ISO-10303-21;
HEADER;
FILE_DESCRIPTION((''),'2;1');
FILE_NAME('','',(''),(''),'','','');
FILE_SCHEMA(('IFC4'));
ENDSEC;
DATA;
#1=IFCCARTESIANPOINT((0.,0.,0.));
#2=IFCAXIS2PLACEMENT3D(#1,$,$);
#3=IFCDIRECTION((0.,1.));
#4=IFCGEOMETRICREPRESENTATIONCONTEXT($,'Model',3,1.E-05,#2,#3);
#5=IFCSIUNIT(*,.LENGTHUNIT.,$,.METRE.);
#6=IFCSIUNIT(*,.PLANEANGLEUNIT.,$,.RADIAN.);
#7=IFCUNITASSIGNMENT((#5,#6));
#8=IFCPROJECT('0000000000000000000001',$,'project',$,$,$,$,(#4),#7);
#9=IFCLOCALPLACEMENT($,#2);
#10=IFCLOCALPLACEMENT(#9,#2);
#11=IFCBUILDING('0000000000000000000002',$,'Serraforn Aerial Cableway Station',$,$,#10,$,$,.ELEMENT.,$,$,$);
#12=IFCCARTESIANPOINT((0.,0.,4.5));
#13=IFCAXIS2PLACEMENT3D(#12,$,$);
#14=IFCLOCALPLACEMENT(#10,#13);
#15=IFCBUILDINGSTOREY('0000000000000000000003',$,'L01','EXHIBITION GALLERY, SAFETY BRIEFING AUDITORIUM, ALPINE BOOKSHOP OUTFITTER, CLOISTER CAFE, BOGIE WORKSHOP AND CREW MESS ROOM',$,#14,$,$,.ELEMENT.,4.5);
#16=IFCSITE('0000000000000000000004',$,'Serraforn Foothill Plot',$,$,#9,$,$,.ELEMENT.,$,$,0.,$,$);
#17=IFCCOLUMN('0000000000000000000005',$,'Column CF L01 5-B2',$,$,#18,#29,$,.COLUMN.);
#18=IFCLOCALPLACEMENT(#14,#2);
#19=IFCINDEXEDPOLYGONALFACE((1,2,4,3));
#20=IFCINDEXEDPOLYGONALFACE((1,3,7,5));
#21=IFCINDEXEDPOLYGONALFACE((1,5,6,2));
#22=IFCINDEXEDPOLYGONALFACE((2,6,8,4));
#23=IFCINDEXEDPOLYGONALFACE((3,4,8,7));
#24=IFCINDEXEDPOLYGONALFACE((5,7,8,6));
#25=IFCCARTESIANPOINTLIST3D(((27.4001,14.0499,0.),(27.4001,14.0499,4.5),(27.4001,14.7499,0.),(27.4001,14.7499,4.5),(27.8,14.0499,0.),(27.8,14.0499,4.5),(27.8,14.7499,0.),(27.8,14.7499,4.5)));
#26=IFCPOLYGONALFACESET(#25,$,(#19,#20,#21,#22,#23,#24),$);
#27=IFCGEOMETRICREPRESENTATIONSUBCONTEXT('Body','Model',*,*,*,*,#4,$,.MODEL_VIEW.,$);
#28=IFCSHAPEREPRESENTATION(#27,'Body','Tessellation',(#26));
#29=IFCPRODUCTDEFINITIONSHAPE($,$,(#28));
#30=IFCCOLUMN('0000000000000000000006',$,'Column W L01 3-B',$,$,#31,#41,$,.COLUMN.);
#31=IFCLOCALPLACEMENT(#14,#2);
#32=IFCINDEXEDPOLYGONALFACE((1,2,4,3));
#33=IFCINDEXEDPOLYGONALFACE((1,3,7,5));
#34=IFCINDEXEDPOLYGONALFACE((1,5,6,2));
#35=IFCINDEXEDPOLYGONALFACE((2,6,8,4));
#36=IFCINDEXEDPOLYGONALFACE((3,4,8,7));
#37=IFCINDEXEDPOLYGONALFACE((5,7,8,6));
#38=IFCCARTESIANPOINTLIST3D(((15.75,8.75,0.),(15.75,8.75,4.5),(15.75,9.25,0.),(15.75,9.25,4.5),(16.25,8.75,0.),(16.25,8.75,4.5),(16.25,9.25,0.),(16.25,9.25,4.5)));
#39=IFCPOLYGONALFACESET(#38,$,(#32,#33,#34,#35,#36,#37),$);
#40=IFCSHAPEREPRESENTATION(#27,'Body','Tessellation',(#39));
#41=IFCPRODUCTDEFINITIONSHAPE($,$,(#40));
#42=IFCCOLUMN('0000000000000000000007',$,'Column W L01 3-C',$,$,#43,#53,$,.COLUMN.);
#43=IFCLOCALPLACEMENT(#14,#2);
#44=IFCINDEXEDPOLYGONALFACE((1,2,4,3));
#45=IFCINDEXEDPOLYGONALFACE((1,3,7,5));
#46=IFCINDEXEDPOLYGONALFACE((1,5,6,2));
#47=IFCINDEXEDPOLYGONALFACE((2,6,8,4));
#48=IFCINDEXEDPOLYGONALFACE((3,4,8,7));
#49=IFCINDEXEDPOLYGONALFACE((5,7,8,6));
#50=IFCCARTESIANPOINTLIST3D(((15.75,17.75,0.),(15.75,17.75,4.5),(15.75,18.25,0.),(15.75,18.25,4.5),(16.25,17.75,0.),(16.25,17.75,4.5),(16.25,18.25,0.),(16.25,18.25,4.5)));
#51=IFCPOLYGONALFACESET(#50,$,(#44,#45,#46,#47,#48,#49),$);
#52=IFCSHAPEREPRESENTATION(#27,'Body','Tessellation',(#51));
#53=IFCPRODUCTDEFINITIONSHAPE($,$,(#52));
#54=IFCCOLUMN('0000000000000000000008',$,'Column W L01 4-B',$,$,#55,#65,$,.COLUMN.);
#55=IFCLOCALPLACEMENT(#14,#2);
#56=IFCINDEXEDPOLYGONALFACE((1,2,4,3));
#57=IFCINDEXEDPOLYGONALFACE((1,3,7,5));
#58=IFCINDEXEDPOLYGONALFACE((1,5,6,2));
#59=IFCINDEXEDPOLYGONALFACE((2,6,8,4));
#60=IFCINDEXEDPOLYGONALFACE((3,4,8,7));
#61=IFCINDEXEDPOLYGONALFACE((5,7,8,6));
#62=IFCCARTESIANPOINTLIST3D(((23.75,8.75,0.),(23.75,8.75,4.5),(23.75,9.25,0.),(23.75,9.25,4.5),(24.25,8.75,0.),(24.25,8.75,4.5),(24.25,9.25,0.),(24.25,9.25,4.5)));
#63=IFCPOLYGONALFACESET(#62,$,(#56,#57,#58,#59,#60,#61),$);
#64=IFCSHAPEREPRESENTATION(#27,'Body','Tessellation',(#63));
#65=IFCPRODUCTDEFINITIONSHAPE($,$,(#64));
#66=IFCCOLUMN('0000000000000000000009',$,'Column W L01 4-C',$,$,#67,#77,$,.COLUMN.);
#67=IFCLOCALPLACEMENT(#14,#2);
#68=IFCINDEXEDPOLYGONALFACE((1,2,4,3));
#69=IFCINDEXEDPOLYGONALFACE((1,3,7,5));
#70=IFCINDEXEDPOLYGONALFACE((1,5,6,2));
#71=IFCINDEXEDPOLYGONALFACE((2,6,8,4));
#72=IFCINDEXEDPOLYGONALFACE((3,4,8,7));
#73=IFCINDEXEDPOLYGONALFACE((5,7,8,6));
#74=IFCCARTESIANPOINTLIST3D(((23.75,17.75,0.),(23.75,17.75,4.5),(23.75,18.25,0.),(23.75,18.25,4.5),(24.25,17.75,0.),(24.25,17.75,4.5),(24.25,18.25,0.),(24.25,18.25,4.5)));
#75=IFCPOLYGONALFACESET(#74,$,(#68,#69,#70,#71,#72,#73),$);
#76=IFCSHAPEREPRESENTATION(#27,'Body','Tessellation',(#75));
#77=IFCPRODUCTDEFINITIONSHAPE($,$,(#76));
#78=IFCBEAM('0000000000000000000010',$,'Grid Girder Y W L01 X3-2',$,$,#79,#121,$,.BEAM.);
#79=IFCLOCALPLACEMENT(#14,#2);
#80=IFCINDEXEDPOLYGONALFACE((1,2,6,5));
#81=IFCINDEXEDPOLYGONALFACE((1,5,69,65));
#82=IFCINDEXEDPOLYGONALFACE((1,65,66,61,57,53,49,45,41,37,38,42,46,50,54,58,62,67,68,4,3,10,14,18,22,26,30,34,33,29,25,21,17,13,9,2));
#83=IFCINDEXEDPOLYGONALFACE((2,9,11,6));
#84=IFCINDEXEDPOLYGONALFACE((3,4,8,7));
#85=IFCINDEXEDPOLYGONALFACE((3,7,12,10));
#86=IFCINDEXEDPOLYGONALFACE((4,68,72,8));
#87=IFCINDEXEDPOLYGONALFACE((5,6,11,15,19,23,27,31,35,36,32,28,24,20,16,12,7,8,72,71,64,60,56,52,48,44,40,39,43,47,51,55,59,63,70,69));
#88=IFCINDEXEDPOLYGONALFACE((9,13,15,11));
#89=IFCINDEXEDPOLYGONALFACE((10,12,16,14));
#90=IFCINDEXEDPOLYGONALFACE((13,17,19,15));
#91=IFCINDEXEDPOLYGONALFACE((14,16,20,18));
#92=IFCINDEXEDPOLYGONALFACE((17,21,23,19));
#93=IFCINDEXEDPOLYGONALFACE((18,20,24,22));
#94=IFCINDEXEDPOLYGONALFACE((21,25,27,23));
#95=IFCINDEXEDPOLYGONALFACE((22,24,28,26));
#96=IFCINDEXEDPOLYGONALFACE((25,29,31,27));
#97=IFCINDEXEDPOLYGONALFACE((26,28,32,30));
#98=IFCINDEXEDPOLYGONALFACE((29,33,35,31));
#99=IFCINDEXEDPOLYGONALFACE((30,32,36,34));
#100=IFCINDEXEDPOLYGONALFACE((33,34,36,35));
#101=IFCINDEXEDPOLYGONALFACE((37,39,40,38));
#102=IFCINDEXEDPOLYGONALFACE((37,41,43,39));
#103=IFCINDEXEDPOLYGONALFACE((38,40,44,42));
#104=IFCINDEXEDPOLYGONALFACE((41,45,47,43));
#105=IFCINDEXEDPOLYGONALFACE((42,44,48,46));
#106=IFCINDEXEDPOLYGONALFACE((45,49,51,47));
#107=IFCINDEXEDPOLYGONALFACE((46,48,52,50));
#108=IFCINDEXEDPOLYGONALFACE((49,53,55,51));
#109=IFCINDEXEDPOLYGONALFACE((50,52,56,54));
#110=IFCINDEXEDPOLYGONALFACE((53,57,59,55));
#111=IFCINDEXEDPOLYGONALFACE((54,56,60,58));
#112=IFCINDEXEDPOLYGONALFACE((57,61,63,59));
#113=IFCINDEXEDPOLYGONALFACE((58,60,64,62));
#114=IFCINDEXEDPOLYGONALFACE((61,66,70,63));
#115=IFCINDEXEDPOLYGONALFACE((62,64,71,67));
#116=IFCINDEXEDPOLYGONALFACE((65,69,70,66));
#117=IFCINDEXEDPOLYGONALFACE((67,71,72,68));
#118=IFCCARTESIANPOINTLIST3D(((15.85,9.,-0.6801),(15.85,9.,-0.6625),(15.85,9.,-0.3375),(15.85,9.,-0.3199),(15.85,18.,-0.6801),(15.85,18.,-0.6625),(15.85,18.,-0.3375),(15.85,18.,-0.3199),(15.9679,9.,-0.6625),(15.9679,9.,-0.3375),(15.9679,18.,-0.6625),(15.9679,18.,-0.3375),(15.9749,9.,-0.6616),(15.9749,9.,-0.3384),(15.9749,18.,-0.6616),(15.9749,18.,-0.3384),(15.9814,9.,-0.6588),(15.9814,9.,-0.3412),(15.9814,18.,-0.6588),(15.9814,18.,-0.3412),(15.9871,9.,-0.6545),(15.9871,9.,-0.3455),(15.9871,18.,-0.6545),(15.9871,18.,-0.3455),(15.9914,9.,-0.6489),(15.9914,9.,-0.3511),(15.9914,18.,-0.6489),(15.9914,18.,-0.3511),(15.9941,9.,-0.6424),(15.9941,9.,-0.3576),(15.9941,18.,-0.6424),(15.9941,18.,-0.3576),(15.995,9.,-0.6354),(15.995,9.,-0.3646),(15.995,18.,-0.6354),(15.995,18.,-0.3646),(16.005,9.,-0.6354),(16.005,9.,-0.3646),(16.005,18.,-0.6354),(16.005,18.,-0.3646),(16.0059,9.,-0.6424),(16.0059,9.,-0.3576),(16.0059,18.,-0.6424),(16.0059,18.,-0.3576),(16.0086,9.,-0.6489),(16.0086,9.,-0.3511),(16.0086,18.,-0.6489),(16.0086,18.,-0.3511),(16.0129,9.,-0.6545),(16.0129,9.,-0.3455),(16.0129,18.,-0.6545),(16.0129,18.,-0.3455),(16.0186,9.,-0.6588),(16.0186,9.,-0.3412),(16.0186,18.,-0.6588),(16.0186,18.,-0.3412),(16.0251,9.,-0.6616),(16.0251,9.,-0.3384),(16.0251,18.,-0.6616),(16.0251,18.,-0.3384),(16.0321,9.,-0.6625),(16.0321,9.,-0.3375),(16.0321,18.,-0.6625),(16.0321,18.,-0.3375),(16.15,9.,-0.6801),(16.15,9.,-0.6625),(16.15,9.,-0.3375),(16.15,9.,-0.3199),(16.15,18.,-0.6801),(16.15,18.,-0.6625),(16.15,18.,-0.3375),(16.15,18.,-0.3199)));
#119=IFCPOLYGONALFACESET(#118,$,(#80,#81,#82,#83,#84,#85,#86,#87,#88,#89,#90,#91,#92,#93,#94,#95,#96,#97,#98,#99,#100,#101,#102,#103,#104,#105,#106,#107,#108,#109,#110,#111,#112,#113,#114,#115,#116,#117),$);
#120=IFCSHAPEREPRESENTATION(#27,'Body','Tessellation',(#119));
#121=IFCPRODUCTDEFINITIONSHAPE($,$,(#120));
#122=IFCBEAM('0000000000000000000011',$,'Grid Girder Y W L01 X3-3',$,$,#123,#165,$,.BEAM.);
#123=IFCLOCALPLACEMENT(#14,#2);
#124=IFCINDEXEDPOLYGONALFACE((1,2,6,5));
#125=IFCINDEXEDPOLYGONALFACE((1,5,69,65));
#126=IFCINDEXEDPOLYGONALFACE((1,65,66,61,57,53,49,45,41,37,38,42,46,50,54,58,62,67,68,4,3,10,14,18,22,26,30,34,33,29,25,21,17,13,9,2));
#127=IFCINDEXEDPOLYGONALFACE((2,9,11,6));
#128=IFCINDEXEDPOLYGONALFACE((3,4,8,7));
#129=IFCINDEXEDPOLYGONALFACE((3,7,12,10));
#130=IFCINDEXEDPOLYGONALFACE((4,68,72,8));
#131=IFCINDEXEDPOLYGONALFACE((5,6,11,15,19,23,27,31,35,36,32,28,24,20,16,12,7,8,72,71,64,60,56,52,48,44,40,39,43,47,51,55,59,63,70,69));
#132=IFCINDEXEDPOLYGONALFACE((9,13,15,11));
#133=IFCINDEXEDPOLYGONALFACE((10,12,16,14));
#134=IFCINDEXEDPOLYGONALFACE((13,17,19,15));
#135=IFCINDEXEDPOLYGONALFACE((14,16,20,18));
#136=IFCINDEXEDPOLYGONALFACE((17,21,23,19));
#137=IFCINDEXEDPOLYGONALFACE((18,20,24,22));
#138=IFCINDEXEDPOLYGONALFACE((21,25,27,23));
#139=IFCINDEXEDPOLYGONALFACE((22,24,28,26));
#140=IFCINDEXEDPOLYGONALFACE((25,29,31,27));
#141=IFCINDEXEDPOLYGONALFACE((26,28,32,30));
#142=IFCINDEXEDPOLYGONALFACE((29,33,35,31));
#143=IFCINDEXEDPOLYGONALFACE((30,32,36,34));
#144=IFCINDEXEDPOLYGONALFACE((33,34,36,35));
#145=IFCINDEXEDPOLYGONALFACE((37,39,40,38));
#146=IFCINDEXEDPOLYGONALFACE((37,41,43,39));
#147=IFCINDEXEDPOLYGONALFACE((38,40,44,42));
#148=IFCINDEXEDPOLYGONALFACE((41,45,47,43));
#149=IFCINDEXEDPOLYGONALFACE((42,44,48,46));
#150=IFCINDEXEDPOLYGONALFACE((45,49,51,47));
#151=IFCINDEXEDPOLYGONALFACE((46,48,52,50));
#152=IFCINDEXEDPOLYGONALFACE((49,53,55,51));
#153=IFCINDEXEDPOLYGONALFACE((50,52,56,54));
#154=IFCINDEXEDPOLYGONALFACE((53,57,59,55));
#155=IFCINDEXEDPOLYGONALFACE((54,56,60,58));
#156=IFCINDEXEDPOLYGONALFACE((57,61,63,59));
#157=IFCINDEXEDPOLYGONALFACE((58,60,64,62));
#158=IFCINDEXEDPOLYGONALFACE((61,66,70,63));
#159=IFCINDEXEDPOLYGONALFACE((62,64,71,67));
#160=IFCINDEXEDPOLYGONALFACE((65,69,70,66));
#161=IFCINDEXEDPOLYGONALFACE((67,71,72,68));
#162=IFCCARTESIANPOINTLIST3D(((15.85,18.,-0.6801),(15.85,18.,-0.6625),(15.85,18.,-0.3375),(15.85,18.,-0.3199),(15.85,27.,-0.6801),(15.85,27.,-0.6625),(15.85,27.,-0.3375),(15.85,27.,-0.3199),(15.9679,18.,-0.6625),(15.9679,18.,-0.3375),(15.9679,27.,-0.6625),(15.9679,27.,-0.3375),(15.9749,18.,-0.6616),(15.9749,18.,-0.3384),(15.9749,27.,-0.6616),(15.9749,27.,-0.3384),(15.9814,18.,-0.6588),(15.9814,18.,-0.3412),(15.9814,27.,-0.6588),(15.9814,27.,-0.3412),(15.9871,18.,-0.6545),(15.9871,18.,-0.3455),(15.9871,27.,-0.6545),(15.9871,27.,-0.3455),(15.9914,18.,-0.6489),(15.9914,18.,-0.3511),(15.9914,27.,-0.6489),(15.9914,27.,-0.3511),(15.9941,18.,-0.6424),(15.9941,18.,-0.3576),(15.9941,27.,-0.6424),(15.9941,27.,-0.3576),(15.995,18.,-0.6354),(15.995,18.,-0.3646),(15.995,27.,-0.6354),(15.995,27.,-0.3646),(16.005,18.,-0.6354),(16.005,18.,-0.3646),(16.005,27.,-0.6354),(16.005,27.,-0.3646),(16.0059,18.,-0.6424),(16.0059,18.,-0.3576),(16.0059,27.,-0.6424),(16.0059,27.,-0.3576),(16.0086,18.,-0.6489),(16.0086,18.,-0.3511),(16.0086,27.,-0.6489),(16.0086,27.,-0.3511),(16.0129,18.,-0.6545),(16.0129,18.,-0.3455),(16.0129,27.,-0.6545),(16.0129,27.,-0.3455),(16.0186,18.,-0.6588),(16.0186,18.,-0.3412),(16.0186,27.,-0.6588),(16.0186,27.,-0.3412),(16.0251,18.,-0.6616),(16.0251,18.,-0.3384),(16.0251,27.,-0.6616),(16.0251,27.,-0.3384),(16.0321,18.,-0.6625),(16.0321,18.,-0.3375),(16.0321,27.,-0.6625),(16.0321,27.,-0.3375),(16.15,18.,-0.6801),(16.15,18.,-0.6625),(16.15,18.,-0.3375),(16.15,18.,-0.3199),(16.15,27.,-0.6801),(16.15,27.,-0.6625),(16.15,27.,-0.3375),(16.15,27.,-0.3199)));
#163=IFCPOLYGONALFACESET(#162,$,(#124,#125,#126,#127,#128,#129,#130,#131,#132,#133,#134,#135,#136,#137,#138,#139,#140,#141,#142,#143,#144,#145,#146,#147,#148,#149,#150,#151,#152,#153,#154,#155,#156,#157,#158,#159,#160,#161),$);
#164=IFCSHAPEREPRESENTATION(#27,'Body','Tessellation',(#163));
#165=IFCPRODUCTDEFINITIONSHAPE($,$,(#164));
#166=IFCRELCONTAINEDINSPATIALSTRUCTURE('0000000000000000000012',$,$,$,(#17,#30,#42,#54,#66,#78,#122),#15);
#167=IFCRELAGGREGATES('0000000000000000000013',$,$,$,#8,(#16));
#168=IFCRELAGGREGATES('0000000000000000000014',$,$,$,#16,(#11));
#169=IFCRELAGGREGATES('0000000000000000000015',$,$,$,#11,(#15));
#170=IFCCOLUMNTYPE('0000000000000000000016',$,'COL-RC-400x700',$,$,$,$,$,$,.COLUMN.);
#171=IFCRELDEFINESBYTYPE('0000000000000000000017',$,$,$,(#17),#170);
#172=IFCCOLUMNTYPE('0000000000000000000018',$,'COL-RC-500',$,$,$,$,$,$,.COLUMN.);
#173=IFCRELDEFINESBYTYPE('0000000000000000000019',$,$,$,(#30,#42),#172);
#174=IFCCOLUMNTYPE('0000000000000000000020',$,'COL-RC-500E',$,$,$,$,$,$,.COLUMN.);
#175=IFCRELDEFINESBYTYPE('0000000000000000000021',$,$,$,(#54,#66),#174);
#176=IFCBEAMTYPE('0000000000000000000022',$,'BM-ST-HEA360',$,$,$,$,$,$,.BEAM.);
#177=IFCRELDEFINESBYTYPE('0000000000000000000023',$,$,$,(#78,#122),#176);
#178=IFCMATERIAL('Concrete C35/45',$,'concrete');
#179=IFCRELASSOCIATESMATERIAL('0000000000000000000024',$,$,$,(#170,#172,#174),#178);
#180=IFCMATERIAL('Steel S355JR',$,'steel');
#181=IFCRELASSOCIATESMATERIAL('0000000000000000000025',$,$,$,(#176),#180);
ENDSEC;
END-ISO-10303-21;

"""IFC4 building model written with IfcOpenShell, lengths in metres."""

from ifc_helpers import new_model, si_unit, direction, frame, origin, origin_2d, place, context, subcontext, project, spatial, rectangle, i_section, extrude, material, material_profile, profile_set, type_object, element, save


model = new_model("IFC4")

# Units and contexts
model_context = context("Model", 3, precision=1e-05, world=origin(), true_north=direction((0.0, 1.0)))
body_context = subcontext(model_context, "Body", "Model", "MODEL_VIEW")
ifc_project = project(units=[si_unit("LENGTHUNIT", "METRE"), si_unit("PLANEANGLEUNIT", "RADIAN")], contexts=[model_context])

# Site, building, storey
site_placement = place(None, origin())
site = spatial("IfcSite", under=ifc_project, at=site_placement, Name="Serraforn Foothill Plot", CompositionType="ELEMENT", RefElevation=0.0)
building_placement = place(site_placement, origin())
building = spatial("IfcBuilding", under=site, at=building_placement, Name="Serraforn Aerial Cableway Station", CompositionType="ELEMENT")
storey_placement = place(building_placement, frame((0.0, 0.0, 4.5)))
storey = spatial("IfcBuildingStorey", under=building, at=storey_placement, Name="L01", Description="EXHIBITION GALLERY, SAFETY BRIEFING AUDITORIUM, ALPINE BOOKSHOP OUTFITTER, CLOISTER CAFE, BOGIE WORKSHOP AND CREW MESS ROOM", CompositionType="ELEMENT", Elevation=4.5)

# Columns
ifc_material_1 = material(Name="Concrete C35/45", Category="concrete")
ifc_material_profile_1 = material_profile(ifc_material_1, rectangle(XDim=0.3999, YDim=0.7, at=origin_2d()), Name="RC 400x700")
ifc_profile_set_1 = profile_set([ifc_material_profile_1], Name="Concrete C35/45")
column_type_1 = type_object("IfcColumnType", Name="COL-RC-400x700", PredefinedType="COLUMN", material=ifc_profile_set_1)
column_placement = place(storey_placement, frame((27.6001, 14.3999, 0.0), z_axis=(0.0, 0.0, 1.0), x_axis=(1.0, 0.0, 0.0)))
element("IfcColumn", 1, at=column_placement, inside=storey, type_object=column_type_1, Name="Column CF L01 5-B2", PredefinedType="COLUMN", context=body_context, shape_type="SweptSolid", body=[
    extrude(rectangle(XDim=0.3999, YDim=0.7, at=origin_2d()), origin(), (0.0, 0.0, 1.0), 4.5),
])
ifc_material_profile_2 = material_profile(ifc_material_1, rectangle(XDim=0.5, YDim=0.5, at=origin_2d()), Name="RC 500x500")
ifc_profile_set_2 = profile_set([ifc_material_profile_2], Name="Concrete C35/45")
column_type_2 = type_object("IfcColumnType", Name="COL-RC-500", PredefinedType="COLUMN", material=ifc_profile_set_2)
for number, where, z_axis, x_axis, name in (
    (2, (16.0, 9.0, 0.0), (0.0, 0.0, 1.0), (1.0, 0.0, 0.0), "Column W L01 3-B"),
    (3, (16.0, 18.0, 0.0), (0.0, 0.0, 1.0), (1.0, 0.0, 0.0), "Column W L01 3-C"),
):
    element("IfcColumn", number, at=place(storey_placement, frame(where, z_axis=z_axis, x_axis=x_axis)), inside=storey, type_object=column_type_2, Name=name, PredefinedType="COLUMN", context=body_context, shape_type="SweptSolid", body=[
        extrude(rectangle(XDim=0.5, YDim=0.5, at=origin_2d()), origin(), (0.0, 0.0, 1.0), 4.5),
    ])
ifc_material_profile_3 = material_profile(ifc_material_1, rectangle(XDim=0.5, YDim=0.5, at=origin_2d()), Name="RC 500x500")
ifc_profile_set_3 = profile_set([ifc_material_profile_3], Name="Concrete C35/45")
column_type_3 = type_object("IfcColumnType", Name="COL-RC-500E", PredefinedType="COLUMN", material=ifc_profile_set_3)
for number, where, z_axis, x_axis, name in (
    (4, (24.0, 9.0, 0.0), (0.0, 0.0, 1.0), (1.0, 0.0, 0.0), "Column W L01 4-B"),
    (5, (24.0, 18.0, 0.0), (0.0, 0.0, 1.0), (1.0, 0.0, 0.0), "Column W L01 4-C"),
):
    element("IfcColumn", number, at=place(storey_placement, frame(where, z_axis=z_axis, x_axis=x_axis)), inside=storey, type_object=column_type_3, Name=name, PredefinedType="COLUMN", context=body_context, shape_type="SweptSolid", body=[
        extrude(rectangle(XDim=0.5, YDim=0.5, at=origin_2d()), origin(), (0.0, 0.0, 1.0), 4.5),
    ])

# Beams
ifc_material_2 = material(Name="Steel S355JR", Category="steel")
ifc_material_profile_4 = material_profile(ifc_material_2, i_section(OverallWidth=0.3, OverallDepth=0.3601, WebThickness=0.01, FlangeThickness=0.0176, FilletRadius=0.0271, at=origin_2d()), Name="HEA 360")
ifc_profile_set_4 = profile_set([ifc_material_profile_4], Name="Steel S355JR")
beam_type_1 = type_object("IfcBeamType", Name="BM-ST-HEA360", PredefinedType="BEAM", material=ifc_profile_set_4)
for number, where, z_axis, x_axis, name in (
    (6, (16.0, 9.0, -0.5), (0.0, 1.0, 0.0), (-1.0, 0.0, 0.0), "Grid Girder Y W L01 X3-2"),
    (7, (16.0, 18.0, -0.5), (0.0, 1.0, 0.0), (-1.0, 0.0, 0.0), "Grid Girder Y W L01 X3-3"),
):
    element("IfcBeam", number, at=place(storey_placement, frame(where, z_axis=z_axis, x_axis=x_axis)), inside=storey, type_object=beam_type_1, Name=name, PredefinedType="BEAM", context=body_context, shape_type="SweptSolid", body=[
        extrude(i_section(OverallWidth=0.3, OverallDepth=0.3601, WebThickness=0.01, FlangeThickness=0.0176, FilletRadius=0.0271, at=origin_2d()), origin(), (0.0, 0.0, 1.0), 9.0),
    ])

save(model, "model.ifc")
